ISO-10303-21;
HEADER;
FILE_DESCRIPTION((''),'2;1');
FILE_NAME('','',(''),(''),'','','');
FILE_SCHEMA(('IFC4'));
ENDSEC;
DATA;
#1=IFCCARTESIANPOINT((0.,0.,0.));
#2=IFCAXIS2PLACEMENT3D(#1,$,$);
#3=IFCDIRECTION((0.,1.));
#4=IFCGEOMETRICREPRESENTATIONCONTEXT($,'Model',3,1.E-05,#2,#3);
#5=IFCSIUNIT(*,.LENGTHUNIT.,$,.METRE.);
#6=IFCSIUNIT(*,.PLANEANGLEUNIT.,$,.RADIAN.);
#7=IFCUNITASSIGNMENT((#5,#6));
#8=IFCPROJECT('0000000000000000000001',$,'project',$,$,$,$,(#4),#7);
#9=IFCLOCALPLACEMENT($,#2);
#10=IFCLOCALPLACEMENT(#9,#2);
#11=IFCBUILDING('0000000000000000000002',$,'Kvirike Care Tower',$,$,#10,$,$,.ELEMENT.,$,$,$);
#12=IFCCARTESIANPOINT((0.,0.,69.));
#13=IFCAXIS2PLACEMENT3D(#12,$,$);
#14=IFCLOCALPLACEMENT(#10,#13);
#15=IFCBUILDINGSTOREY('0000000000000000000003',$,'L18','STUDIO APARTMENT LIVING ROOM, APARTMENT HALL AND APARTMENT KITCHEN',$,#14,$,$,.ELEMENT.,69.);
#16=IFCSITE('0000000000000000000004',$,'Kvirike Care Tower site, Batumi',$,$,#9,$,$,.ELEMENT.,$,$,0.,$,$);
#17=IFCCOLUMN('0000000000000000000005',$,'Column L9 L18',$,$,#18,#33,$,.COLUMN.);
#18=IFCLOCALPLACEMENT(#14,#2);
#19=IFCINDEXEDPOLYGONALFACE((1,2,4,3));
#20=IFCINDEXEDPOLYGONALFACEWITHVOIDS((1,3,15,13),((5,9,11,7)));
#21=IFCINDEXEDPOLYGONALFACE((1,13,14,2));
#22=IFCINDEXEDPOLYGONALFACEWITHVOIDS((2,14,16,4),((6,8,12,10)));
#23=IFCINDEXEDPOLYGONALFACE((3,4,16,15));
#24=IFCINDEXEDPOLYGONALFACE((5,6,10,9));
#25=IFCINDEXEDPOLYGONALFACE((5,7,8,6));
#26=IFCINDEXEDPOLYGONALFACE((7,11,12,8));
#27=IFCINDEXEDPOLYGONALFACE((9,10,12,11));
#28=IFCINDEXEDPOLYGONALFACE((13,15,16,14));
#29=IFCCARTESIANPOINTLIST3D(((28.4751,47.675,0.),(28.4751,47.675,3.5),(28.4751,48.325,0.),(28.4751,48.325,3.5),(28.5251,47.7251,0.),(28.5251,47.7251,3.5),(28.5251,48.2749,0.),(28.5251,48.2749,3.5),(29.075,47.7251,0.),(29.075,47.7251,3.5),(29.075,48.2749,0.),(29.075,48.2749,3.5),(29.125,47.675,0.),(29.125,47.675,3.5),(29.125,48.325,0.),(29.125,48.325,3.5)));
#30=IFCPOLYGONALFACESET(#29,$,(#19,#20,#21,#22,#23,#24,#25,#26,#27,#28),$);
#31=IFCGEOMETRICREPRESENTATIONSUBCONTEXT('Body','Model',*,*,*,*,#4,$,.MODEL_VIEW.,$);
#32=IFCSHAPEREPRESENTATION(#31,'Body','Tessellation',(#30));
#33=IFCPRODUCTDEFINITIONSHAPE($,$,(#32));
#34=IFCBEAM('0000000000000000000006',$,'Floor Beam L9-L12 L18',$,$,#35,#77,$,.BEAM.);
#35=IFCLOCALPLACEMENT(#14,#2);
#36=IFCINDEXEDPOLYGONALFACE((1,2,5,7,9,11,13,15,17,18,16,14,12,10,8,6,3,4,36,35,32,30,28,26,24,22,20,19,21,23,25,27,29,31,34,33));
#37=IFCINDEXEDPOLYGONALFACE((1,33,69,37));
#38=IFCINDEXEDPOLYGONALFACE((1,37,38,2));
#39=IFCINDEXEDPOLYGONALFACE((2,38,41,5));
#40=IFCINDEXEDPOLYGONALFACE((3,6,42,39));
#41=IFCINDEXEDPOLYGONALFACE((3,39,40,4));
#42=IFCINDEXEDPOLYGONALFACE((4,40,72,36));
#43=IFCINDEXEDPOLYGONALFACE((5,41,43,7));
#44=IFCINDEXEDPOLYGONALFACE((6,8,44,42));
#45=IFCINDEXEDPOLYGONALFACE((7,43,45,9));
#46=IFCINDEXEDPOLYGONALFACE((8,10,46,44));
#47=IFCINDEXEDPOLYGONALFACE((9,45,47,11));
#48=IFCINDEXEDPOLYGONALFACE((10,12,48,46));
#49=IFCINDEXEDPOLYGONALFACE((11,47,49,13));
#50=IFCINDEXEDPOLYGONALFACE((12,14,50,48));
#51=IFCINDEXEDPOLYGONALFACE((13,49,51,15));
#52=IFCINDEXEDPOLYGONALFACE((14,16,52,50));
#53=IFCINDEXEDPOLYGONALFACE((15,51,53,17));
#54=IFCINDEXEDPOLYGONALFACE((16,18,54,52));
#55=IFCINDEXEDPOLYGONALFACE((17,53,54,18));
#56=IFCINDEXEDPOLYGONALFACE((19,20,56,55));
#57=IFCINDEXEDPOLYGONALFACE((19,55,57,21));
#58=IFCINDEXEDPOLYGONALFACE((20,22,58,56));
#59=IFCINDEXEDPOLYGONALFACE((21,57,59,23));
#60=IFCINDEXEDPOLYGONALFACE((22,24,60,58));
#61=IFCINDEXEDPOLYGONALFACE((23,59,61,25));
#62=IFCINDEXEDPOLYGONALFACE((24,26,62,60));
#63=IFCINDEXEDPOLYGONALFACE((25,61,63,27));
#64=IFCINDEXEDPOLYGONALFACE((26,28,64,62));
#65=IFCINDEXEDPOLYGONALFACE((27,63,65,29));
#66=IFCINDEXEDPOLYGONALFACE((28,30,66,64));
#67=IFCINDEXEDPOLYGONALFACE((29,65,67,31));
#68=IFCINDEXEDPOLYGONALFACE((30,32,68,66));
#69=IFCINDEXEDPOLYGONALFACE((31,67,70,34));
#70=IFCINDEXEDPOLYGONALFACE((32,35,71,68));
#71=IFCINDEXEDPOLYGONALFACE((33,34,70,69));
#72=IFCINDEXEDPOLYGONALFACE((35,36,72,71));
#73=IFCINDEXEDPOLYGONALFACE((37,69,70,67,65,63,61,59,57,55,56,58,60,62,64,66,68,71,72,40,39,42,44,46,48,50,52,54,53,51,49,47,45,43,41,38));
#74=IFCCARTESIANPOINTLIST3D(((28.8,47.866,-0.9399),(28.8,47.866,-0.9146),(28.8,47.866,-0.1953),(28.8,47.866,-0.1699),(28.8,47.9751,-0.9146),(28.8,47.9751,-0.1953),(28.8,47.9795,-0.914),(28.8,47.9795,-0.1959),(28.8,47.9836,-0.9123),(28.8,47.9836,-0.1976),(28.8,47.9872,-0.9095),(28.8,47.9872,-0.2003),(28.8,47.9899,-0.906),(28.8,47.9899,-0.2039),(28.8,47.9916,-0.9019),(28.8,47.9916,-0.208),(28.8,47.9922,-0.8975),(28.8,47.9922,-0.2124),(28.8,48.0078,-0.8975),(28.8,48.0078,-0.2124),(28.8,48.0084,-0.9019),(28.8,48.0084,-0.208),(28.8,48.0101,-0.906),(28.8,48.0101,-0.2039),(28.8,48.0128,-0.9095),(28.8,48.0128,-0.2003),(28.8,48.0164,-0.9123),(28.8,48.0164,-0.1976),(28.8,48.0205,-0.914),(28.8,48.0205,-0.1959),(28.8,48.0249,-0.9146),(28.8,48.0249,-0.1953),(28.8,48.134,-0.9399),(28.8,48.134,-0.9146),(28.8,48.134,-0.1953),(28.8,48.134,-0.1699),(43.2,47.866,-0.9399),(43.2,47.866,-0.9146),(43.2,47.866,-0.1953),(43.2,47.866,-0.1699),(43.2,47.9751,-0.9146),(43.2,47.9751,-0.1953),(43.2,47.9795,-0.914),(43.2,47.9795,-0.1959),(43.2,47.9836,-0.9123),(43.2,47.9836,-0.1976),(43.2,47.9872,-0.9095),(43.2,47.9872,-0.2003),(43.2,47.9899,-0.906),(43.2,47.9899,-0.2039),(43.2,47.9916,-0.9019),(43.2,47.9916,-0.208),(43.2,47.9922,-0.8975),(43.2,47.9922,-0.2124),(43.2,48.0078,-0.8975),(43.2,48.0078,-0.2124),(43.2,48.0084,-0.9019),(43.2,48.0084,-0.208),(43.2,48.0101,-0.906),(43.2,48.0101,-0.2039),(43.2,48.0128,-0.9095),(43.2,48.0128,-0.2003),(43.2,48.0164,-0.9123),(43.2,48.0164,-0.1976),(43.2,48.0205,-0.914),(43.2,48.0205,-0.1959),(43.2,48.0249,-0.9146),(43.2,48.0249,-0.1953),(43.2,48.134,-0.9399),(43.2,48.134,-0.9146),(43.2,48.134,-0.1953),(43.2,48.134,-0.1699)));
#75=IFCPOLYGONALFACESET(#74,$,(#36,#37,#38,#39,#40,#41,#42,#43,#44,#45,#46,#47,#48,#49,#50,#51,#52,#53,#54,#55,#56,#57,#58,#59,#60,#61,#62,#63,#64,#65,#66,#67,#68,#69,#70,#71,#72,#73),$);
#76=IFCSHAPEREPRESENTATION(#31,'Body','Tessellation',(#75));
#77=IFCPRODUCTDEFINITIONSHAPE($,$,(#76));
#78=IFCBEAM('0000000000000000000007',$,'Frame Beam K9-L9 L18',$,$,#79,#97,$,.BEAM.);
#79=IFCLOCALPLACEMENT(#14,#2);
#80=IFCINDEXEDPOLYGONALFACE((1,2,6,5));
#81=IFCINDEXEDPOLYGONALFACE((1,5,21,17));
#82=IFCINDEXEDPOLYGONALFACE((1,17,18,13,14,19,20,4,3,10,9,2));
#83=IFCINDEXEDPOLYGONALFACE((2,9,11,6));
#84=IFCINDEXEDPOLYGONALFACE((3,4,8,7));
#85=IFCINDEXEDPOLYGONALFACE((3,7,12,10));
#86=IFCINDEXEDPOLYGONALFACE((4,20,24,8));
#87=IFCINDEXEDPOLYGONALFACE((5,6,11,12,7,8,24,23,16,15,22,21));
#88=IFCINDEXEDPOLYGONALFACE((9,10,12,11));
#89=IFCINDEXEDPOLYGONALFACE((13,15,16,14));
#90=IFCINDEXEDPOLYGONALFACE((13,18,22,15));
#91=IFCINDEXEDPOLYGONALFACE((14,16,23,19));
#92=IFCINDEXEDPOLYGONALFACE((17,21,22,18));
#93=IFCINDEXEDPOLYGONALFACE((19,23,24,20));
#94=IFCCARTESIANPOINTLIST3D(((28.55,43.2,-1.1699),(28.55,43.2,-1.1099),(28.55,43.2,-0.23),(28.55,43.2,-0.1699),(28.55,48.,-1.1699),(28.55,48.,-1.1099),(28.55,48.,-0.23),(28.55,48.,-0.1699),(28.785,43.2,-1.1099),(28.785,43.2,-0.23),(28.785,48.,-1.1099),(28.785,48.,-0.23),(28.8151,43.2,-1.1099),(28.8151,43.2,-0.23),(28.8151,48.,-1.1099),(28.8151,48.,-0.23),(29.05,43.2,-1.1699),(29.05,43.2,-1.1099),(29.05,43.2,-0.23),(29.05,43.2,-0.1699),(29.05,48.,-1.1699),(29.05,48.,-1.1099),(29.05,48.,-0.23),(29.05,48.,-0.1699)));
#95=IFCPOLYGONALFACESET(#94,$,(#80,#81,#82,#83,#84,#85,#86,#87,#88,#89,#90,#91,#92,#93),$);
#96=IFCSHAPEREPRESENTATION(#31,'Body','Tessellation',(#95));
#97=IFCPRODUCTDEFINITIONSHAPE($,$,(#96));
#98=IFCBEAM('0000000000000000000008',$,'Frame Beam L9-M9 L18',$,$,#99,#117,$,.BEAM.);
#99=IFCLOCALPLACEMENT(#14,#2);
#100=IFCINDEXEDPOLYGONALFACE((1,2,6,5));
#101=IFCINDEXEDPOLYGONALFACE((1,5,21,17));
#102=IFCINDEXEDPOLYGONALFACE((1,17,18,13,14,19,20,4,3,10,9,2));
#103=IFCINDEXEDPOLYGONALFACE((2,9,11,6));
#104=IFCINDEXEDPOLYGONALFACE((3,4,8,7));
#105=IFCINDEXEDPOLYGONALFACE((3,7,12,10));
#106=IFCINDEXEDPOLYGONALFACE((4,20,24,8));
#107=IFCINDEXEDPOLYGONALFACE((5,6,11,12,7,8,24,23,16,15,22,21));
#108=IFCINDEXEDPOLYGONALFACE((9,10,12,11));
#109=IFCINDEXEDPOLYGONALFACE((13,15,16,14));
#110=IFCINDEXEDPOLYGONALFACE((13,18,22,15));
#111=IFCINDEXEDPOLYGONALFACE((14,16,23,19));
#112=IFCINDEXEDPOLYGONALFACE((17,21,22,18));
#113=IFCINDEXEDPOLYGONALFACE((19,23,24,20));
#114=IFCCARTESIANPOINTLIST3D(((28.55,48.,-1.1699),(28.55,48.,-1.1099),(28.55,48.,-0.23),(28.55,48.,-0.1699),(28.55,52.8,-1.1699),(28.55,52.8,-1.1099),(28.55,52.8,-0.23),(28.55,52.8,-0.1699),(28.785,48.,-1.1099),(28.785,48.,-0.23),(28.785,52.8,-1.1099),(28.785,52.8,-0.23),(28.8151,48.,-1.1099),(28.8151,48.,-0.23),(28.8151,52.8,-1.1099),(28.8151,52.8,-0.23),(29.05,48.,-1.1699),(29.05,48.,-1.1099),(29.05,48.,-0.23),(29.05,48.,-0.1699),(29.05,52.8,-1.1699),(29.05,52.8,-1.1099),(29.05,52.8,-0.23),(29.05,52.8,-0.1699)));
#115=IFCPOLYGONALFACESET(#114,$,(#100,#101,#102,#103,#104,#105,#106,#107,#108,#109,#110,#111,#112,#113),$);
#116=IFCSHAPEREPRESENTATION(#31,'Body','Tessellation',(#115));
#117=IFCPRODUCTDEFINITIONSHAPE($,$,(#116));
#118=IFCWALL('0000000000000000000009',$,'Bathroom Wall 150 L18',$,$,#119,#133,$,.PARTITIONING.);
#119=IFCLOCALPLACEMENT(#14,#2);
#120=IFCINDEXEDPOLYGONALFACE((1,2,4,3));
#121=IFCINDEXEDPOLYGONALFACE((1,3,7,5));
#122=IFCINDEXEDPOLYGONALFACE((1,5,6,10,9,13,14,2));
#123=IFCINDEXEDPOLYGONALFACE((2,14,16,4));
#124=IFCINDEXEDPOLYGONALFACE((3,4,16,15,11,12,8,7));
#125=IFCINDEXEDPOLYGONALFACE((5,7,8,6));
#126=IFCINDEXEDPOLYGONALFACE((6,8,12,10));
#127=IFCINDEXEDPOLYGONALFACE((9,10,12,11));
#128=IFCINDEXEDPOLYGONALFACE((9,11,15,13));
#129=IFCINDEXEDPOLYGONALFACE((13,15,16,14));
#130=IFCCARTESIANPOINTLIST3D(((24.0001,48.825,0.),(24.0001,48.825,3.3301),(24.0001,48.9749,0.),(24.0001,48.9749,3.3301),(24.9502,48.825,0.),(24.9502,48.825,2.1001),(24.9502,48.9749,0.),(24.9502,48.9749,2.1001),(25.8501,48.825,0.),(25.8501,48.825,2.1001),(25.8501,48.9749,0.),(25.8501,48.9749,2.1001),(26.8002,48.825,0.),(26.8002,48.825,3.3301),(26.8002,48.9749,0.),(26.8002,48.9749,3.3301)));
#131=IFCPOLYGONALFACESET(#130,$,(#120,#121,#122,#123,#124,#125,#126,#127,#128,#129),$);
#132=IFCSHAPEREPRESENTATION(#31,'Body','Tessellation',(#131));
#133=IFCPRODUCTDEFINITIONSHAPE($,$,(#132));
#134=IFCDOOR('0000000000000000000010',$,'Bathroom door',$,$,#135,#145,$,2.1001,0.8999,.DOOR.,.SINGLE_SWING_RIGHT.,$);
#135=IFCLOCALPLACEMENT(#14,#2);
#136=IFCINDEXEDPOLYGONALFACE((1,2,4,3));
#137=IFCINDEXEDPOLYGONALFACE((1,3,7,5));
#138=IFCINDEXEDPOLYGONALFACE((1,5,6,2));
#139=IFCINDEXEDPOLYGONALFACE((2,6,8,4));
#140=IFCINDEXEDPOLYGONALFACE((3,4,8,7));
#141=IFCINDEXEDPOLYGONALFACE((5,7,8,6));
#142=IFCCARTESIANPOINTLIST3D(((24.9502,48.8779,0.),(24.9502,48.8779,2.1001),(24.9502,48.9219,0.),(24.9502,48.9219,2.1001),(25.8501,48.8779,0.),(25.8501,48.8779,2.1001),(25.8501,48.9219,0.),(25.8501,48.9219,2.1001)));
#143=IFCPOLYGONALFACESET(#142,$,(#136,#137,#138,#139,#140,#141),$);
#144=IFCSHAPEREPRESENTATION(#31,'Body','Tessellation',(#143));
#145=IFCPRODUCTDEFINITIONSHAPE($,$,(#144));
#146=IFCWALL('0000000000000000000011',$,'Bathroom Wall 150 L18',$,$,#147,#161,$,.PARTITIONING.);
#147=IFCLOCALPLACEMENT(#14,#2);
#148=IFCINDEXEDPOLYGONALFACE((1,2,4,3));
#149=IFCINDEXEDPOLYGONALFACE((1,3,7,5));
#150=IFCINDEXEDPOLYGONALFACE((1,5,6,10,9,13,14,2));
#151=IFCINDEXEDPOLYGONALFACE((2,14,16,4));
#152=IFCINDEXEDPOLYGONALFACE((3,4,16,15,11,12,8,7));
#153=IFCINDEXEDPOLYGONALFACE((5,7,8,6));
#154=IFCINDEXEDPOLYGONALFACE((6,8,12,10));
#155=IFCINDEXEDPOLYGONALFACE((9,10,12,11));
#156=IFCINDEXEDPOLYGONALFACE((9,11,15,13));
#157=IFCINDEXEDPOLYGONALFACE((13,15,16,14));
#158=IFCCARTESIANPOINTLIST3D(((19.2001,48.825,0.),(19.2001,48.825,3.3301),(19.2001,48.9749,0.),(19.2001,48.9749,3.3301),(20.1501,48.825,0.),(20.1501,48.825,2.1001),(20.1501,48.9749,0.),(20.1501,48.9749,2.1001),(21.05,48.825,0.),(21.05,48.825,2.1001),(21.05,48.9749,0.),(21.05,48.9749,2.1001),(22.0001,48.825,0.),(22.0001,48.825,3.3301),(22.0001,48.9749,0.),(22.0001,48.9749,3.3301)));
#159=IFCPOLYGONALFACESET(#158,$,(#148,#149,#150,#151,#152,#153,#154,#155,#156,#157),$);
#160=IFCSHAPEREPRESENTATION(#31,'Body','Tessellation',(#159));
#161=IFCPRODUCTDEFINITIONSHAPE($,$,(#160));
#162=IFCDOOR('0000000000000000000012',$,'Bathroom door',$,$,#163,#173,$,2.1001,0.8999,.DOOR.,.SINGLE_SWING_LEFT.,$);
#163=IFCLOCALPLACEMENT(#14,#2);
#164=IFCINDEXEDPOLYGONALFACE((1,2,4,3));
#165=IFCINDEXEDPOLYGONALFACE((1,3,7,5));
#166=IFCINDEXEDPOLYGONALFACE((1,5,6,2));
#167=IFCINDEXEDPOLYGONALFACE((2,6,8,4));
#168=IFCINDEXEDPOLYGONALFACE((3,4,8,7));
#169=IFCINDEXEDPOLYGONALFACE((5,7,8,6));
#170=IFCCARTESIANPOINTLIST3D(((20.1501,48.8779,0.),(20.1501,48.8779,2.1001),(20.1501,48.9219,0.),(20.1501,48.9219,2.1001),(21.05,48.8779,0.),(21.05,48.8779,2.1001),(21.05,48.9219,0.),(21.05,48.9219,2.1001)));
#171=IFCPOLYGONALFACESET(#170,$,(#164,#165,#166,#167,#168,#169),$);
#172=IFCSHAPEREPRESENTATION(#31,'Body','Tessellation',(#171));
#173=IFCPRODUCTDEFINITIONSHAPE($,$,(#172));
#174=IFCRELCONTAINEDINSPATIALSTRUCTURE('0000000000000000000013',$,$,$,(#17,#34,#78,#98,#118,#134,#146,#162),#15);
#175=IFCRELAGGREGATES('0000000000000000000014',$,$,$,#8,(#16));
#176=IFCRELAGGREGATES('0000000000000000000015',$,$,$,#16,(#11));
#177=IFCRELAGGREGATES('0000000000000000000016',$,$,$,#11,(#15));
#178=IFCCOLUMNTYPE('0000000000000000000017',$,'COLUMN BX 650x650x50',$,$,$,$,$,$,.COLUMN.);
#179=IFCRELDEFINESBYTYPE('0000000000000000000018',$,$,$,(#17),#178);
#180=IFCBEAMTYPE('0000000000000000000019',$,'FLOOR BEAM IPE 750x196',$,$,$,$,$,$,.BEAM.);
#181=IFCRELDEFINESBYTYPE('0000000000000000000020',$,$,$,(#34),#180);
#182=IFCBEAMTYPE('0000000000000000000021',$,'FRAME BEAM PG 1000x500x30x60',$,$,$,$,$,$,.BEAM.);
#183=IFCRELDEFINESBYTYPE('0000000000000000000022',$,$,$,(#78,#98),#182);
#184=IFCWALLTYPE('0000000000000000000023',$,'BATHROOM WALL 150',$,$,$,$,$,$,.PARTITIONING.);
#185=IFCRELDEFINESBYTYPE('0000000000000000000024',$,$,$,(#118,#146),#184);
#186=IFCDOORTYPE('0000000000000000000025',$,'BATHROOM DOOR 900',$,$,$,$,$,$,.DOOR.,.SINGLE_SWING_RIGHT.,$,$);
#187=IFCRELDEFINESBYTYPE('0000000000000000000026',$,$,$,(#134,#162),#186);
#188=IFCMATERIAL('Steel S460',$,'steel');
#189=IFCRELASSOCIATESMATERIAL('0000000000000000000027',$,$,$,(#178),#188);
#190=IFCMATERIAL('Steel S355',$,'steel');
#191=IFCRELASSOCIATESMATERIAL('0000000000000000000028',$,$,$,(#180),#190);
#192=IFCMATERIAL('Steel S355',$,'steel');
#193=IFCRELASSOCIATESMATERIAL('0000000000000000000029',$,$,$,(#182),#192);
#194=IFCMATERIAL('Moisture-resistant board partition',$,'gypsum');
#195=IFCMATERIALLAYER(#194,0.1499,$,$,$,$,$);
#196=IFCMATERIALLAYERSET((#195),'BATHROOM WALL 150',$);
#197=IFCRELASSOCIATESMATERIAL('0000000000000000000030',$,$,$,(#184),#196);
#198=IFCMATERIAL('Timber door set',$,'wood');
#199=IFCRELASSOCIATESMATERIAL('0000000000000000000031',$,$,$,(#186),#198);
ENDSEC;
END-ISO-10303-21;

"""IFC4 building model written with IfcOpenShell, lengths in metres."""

from ifc_helpers import new_model, si_unit, direction, frame, frame_2d, origin, origin_2d, place, context, subcontext, project, spatial, rectangle, hollow_rectangle, i_section, extrude, material, layer, layer_set, material_profile, profile_set, type_object, element, fill, save


model = new_model("IFC4")

# Units and contexts
model_context = context("Model", 3, precision=1e-05, world=origin(), true_north=direction((0.0, 1.0)))
body_context = subcontext(model_context, "Body", "Model", "MODEL_VIEW")
ifc_project = project(units=[si_unit("LENGTHUNIT", "METRE"), si_unit("PLANEANGLEUNIT", "RADIAN")], contexts=[model_context])

# Site, building, storey
site_placement = place(None, origin())
site = spatial("IfcSite", under=ifc_project, at=site_placement, Name="Kvirike Care Tower site, Batumi", CompositionType="ELEMENT", RefElevation=0.0)
building_placement = place(site_placement, origin())
building = spatial("IfcBuilding", under=site, at=building_placement, Name="Kvirike Care Tower", CompositionType="ELEMENT")
storey_placement = place(building_placement, frame((0.0, 0.0, 69.0)))
storey = spatial("IfcBuildingStorey", under=building, at=storey_placement, Name="L18", Description="STUDIO APARTMENT LIVING ROOM, APARTMENT HALL AND APARTMENT KITCHEN", CompositionType="ELEMENT", Elevation=69.0)

# Column
ifc_material_1 = material(Name="Steel S460", Category="steel")
ifc_material_profile_1 = material_profile(ifc_material_1, hollow_rectangle(XDim=0.6499, YDim=0.6499, WallThickness=0.05, at=origin_2d()), Name="BX 650x650x50")
ifc_profile_set_1 = profile_set([ifc_material_profile_1], Name="Steel S460")
column_type = type_object("IfcColumnType", Name="COLUMN BX 650x650x50", PredefinedType="COLUMN", material=ifc_profile_set_1)
column_placement = place(storey_placement, frame((28.8, 48.0, 0.0), z_axis=(0.0, 0.0, 1.0), x_axis=(1.0, 0.0, 0.0)))
element("IfcColumn", 1, at=column_placement, inside=storey, type_object=column_type, Name="Column L9 L18", PredefinedType="COLUMN", context=body_context, shape_type="SweptSolid", body=[
    extrude(hollow_rectangle(XDim=0.6499, YDim=0.6499, WallThickness=0.05, at=origin_2d()), origin(), (0.0, 0.0, 1.0), 3.5),
])

# Beams
ifc_material_2 = material(Name="Steel S355", Category="steel")
ifc_material_profile_2 = material_profile(ifc_material_2, i_section(OverallWidth=0.2681, OverallDepth=0.77, WebThickness=0.0156, FlangeThickness=0.0254, FilletRadius=0.0171, at=origin_2d()), Name="IPE 750x196")
ifc_profile_set_2 = profile_set([ifc_material_profile_2], Name="Steel S355")
beam_type_1 = type_object("IfcBeamType", Name="FLOOR BEAM IPE 750x196", PredefinedType="BEAM", material=ifc_profile_set_2)
beam_placement = place(storey_placement, frame((28.8, 48.0, -0.5549), z_axis=(1.0, 0.0, 0.0), x_axis=(0.0, 1.0, 0.0)))
element("IfcBeam", 2, at=beam_placement, inside=storey, type_object=beam_type_1, Name="Floor Beam L9-L12 L18", PredefinedType="BEAM", context=body_context, shape_type="SweptSolid", body=[
    extrude(i_section(OverallWidth=0.2681, OverallDepth=0.77, WebThickness=0.0156, FlangeThickness=0.0254, FilletRadius=0.0171, at=origin_2d()), origin(), (0.0, 0.0, 1.0), 14.3999),
])
ifc_material_3 = material(Name="Steel S355", Category="steel")
ifc_material_profile_3 = material_profile(ifc_material_3, i_section(OverallWidth=0.5, OverallDepth=1.0, WebThickness=0.03, FlangeThickness=0.0601, at=origin_2d()), Name="PG 1000x500x30x60")
ifc_profile_set_3 = profile_set([ifc_material_profile_3], Name="Steel S355")
beam_type_2 = type_object("IfcBeamType", Name="FRAME BEAM PG 1000x500x30x60", PredefinedType="BEAM", material=ifc_profile_set_3)
for number, where, z_axis, x_axis, name in (
    (3, (28.8, 43.2, -0.6699), (0.0, 1.0, 0.0), (-1.0, 0.0, 0.0), "Frame Beam K9-L9 L18"),
    (4, (28.8, 48.0, -0.6699), (0.0, 1.0, 0.0), (-1.0, 0.0, 0.0), "Frame Beam L9-M9 L18"),
):
    element("IfcBeam", number, at=place(storey_placement, frame(where, z_axis=z_axis, x_axis=x_axis)), inside=storey, type_object=beam_type_2, Name=name, PredefinedType="BEAM", context=body_context, shape_type="SweptSolid", body=[
        extrude(i_section(OverallWidth=0.5, OverallDepth=1.0, WebThickness=0.03, FlangeThickness=0.0601, at=origin_2d()), origin(), (0.0, 0.0, 1.0), 4.8),
    ])

# Walls, openings, doors
ifc_material_4 = material(Name="Moisture-resistant board partition", Category="gypsum")
ifc_layer_1 = layer(ifc_material_4, 0.1499)
ifc_layer_set_1 = layer_set([ifc_layer_1], Name="BATHROOM WALL 150")
wall_type_1 = type_object("IfcWallType", Name="BATHROOM WALL 150", PredefinedType="PARTITIONING", material=ifc_layer_set_1)
wall_1_placement = place(storey_placement, frame((26.8, 48.8999, 0.0), z_axis=(0.0, 0.0, 1.0), x_axis=(-1.0, 0.0, 0.0)))
wall_1 = element("IfcWall", 5, at=wall_1_placement, inside=storey, type_object=wall_type_1, Name="Bathroom Wall 150 L18", PredefinedType="PARTITIONING", context=body_context, shape_type="SweptSolid", body=[
    extrude(rectangle(XDim=2.8, YDim=0.1499, at=frame_2d((1.3999, 0.0))), origin(), (0.0, 0.0, 1.0), 3.3301),
])
opening_1_placement = place(wall_1_placement, frame((0.95, 0.0, 0.0)))
opening_1 = element("IfcOpeningElement", 6, at=opening_1_placement, cuts=wall_1, PredefinedType="OPENING", context=body_context, shape_type="SweptSolid", body=[
    extrude(rectangle(XDim=0.8999, YDim=2.1001, at=frame_2d((0.45, 1.05))), frame((0.0, 0.0854, 0.0), z_axis=(0.0, -1.0, 0.0), x_axis=(1.0, 0.0, 0.0)), (0.0, 0.0, 1.0), 0.1709),
])
ifc_material_5 = material(Name="Timber door set", Category="wood")
door_type_1 = type_object("IfcDoorType", Name="BATHROOM DOOR 900", OperationType="SINGLE_SWING_RIGHT", PredefinedType="DOOR", material=ifc_material_5)
door_1_placement = place(opening_1_placement, frame((0.8999, 0.0, 0.0), z_axis=(0.0, 0.0, 1.0), x_axis=(-1.0, 0.0, 0.0)))
door_1 = element("IfcDoor", 7, at=door_1_placement, inside=storey, type_object=door_type_1, Name="Bathroom door", OperationType="SINGLE_SWING_RIGHT", OverallHeight=2.1001, OverallWidth=0.8999, PredefinedType="DOOR", context=body_context, shape_type="SweptSolid", body=[
    extrude(rectangle(XDim=0.8999, YDim=2.1001, at=frame_2d((0.45, 1.05))), frame((0.0, 0.022, 0.0), z_axis=(0.0, -1.0, 0.0), x_axis=(1.0, 0.0, 0.0)), (0.0, 0.0, 1.0), 0.0439),
])
fill(opening_1, door_1)
wall_2_placement = place(storey_placement, frame((22.0, 48.8999, 0.0), z_axis=(0.0, 0.0, 1.0), x_axis=(-1.0, 0.0, 0.0)))
wall_2 = element("IfcWall", 8, at=wall_2_placement, inside=storey, type_object=wall_type_1, Name="Bathroom Wall 150 L18", PredefinedType="PARTITIONING", context=body_context, shape_type="SweptSolid", body=[
    extrude(rectangle(XDim=2.8, YDim=0.1499, at=frame_2d((1.3999, 0.0))), origin(), (0.0, 0.0, 1.0), 3.3301),
])
opening_2_placement = place(wall_2_placement, frame((0.95, 0.0, 0.0)))
opening_2 = element("IfcOpeningElement", 9, at=opening_2_placement, cuts=wall_2, PredefinedType="OPENING", context=body_context, shape_type="SweptSolid", body=[
    extrude(rectangle(XDim=0.8999, YDim=2.1001, at=frame_2d((0.45, 1.05))), frame((0.0, 0.0854, 0.0), z_axis=(0.0, -1.0, 0.0), x_axis=(1.0, 0.0, 0.0)), (0.0, 0.0, 1.0), 0.1709),
])
door_2_placement = place(opening_2_placement, frame((0.8999, 0.0, 0.0), z_axis=(0.0, 0.0, 1.0), x_axis=(-1.0, 0.0, 0.0)))
door_2 = element("IfcDoor", 10, at=door_2_placement, inside=storey, type_object=door_type_1, Name="Bathroom door", OperationType="SINGLE_SWING_LEFT", OverallHeight=2.1001, OverallWidth=0.8999, PredefinedType="DOOR", context=body_context, shape_type="SweptSolid", body=[
    extrude(rectangle(XDim=0.8999, YDim=2.1001, at=frame_2d((0.45, 1.05))), frame((0.0, 0.022, 0.0), z_axis=(0.0, -1.0, 0.0), x_axis=(1.0, 0.0, 0.0)), (0.0, 0.0, 1.0), 0.0439),
])
fill(opening_2, door_2)

save(model, "model.ifc")
